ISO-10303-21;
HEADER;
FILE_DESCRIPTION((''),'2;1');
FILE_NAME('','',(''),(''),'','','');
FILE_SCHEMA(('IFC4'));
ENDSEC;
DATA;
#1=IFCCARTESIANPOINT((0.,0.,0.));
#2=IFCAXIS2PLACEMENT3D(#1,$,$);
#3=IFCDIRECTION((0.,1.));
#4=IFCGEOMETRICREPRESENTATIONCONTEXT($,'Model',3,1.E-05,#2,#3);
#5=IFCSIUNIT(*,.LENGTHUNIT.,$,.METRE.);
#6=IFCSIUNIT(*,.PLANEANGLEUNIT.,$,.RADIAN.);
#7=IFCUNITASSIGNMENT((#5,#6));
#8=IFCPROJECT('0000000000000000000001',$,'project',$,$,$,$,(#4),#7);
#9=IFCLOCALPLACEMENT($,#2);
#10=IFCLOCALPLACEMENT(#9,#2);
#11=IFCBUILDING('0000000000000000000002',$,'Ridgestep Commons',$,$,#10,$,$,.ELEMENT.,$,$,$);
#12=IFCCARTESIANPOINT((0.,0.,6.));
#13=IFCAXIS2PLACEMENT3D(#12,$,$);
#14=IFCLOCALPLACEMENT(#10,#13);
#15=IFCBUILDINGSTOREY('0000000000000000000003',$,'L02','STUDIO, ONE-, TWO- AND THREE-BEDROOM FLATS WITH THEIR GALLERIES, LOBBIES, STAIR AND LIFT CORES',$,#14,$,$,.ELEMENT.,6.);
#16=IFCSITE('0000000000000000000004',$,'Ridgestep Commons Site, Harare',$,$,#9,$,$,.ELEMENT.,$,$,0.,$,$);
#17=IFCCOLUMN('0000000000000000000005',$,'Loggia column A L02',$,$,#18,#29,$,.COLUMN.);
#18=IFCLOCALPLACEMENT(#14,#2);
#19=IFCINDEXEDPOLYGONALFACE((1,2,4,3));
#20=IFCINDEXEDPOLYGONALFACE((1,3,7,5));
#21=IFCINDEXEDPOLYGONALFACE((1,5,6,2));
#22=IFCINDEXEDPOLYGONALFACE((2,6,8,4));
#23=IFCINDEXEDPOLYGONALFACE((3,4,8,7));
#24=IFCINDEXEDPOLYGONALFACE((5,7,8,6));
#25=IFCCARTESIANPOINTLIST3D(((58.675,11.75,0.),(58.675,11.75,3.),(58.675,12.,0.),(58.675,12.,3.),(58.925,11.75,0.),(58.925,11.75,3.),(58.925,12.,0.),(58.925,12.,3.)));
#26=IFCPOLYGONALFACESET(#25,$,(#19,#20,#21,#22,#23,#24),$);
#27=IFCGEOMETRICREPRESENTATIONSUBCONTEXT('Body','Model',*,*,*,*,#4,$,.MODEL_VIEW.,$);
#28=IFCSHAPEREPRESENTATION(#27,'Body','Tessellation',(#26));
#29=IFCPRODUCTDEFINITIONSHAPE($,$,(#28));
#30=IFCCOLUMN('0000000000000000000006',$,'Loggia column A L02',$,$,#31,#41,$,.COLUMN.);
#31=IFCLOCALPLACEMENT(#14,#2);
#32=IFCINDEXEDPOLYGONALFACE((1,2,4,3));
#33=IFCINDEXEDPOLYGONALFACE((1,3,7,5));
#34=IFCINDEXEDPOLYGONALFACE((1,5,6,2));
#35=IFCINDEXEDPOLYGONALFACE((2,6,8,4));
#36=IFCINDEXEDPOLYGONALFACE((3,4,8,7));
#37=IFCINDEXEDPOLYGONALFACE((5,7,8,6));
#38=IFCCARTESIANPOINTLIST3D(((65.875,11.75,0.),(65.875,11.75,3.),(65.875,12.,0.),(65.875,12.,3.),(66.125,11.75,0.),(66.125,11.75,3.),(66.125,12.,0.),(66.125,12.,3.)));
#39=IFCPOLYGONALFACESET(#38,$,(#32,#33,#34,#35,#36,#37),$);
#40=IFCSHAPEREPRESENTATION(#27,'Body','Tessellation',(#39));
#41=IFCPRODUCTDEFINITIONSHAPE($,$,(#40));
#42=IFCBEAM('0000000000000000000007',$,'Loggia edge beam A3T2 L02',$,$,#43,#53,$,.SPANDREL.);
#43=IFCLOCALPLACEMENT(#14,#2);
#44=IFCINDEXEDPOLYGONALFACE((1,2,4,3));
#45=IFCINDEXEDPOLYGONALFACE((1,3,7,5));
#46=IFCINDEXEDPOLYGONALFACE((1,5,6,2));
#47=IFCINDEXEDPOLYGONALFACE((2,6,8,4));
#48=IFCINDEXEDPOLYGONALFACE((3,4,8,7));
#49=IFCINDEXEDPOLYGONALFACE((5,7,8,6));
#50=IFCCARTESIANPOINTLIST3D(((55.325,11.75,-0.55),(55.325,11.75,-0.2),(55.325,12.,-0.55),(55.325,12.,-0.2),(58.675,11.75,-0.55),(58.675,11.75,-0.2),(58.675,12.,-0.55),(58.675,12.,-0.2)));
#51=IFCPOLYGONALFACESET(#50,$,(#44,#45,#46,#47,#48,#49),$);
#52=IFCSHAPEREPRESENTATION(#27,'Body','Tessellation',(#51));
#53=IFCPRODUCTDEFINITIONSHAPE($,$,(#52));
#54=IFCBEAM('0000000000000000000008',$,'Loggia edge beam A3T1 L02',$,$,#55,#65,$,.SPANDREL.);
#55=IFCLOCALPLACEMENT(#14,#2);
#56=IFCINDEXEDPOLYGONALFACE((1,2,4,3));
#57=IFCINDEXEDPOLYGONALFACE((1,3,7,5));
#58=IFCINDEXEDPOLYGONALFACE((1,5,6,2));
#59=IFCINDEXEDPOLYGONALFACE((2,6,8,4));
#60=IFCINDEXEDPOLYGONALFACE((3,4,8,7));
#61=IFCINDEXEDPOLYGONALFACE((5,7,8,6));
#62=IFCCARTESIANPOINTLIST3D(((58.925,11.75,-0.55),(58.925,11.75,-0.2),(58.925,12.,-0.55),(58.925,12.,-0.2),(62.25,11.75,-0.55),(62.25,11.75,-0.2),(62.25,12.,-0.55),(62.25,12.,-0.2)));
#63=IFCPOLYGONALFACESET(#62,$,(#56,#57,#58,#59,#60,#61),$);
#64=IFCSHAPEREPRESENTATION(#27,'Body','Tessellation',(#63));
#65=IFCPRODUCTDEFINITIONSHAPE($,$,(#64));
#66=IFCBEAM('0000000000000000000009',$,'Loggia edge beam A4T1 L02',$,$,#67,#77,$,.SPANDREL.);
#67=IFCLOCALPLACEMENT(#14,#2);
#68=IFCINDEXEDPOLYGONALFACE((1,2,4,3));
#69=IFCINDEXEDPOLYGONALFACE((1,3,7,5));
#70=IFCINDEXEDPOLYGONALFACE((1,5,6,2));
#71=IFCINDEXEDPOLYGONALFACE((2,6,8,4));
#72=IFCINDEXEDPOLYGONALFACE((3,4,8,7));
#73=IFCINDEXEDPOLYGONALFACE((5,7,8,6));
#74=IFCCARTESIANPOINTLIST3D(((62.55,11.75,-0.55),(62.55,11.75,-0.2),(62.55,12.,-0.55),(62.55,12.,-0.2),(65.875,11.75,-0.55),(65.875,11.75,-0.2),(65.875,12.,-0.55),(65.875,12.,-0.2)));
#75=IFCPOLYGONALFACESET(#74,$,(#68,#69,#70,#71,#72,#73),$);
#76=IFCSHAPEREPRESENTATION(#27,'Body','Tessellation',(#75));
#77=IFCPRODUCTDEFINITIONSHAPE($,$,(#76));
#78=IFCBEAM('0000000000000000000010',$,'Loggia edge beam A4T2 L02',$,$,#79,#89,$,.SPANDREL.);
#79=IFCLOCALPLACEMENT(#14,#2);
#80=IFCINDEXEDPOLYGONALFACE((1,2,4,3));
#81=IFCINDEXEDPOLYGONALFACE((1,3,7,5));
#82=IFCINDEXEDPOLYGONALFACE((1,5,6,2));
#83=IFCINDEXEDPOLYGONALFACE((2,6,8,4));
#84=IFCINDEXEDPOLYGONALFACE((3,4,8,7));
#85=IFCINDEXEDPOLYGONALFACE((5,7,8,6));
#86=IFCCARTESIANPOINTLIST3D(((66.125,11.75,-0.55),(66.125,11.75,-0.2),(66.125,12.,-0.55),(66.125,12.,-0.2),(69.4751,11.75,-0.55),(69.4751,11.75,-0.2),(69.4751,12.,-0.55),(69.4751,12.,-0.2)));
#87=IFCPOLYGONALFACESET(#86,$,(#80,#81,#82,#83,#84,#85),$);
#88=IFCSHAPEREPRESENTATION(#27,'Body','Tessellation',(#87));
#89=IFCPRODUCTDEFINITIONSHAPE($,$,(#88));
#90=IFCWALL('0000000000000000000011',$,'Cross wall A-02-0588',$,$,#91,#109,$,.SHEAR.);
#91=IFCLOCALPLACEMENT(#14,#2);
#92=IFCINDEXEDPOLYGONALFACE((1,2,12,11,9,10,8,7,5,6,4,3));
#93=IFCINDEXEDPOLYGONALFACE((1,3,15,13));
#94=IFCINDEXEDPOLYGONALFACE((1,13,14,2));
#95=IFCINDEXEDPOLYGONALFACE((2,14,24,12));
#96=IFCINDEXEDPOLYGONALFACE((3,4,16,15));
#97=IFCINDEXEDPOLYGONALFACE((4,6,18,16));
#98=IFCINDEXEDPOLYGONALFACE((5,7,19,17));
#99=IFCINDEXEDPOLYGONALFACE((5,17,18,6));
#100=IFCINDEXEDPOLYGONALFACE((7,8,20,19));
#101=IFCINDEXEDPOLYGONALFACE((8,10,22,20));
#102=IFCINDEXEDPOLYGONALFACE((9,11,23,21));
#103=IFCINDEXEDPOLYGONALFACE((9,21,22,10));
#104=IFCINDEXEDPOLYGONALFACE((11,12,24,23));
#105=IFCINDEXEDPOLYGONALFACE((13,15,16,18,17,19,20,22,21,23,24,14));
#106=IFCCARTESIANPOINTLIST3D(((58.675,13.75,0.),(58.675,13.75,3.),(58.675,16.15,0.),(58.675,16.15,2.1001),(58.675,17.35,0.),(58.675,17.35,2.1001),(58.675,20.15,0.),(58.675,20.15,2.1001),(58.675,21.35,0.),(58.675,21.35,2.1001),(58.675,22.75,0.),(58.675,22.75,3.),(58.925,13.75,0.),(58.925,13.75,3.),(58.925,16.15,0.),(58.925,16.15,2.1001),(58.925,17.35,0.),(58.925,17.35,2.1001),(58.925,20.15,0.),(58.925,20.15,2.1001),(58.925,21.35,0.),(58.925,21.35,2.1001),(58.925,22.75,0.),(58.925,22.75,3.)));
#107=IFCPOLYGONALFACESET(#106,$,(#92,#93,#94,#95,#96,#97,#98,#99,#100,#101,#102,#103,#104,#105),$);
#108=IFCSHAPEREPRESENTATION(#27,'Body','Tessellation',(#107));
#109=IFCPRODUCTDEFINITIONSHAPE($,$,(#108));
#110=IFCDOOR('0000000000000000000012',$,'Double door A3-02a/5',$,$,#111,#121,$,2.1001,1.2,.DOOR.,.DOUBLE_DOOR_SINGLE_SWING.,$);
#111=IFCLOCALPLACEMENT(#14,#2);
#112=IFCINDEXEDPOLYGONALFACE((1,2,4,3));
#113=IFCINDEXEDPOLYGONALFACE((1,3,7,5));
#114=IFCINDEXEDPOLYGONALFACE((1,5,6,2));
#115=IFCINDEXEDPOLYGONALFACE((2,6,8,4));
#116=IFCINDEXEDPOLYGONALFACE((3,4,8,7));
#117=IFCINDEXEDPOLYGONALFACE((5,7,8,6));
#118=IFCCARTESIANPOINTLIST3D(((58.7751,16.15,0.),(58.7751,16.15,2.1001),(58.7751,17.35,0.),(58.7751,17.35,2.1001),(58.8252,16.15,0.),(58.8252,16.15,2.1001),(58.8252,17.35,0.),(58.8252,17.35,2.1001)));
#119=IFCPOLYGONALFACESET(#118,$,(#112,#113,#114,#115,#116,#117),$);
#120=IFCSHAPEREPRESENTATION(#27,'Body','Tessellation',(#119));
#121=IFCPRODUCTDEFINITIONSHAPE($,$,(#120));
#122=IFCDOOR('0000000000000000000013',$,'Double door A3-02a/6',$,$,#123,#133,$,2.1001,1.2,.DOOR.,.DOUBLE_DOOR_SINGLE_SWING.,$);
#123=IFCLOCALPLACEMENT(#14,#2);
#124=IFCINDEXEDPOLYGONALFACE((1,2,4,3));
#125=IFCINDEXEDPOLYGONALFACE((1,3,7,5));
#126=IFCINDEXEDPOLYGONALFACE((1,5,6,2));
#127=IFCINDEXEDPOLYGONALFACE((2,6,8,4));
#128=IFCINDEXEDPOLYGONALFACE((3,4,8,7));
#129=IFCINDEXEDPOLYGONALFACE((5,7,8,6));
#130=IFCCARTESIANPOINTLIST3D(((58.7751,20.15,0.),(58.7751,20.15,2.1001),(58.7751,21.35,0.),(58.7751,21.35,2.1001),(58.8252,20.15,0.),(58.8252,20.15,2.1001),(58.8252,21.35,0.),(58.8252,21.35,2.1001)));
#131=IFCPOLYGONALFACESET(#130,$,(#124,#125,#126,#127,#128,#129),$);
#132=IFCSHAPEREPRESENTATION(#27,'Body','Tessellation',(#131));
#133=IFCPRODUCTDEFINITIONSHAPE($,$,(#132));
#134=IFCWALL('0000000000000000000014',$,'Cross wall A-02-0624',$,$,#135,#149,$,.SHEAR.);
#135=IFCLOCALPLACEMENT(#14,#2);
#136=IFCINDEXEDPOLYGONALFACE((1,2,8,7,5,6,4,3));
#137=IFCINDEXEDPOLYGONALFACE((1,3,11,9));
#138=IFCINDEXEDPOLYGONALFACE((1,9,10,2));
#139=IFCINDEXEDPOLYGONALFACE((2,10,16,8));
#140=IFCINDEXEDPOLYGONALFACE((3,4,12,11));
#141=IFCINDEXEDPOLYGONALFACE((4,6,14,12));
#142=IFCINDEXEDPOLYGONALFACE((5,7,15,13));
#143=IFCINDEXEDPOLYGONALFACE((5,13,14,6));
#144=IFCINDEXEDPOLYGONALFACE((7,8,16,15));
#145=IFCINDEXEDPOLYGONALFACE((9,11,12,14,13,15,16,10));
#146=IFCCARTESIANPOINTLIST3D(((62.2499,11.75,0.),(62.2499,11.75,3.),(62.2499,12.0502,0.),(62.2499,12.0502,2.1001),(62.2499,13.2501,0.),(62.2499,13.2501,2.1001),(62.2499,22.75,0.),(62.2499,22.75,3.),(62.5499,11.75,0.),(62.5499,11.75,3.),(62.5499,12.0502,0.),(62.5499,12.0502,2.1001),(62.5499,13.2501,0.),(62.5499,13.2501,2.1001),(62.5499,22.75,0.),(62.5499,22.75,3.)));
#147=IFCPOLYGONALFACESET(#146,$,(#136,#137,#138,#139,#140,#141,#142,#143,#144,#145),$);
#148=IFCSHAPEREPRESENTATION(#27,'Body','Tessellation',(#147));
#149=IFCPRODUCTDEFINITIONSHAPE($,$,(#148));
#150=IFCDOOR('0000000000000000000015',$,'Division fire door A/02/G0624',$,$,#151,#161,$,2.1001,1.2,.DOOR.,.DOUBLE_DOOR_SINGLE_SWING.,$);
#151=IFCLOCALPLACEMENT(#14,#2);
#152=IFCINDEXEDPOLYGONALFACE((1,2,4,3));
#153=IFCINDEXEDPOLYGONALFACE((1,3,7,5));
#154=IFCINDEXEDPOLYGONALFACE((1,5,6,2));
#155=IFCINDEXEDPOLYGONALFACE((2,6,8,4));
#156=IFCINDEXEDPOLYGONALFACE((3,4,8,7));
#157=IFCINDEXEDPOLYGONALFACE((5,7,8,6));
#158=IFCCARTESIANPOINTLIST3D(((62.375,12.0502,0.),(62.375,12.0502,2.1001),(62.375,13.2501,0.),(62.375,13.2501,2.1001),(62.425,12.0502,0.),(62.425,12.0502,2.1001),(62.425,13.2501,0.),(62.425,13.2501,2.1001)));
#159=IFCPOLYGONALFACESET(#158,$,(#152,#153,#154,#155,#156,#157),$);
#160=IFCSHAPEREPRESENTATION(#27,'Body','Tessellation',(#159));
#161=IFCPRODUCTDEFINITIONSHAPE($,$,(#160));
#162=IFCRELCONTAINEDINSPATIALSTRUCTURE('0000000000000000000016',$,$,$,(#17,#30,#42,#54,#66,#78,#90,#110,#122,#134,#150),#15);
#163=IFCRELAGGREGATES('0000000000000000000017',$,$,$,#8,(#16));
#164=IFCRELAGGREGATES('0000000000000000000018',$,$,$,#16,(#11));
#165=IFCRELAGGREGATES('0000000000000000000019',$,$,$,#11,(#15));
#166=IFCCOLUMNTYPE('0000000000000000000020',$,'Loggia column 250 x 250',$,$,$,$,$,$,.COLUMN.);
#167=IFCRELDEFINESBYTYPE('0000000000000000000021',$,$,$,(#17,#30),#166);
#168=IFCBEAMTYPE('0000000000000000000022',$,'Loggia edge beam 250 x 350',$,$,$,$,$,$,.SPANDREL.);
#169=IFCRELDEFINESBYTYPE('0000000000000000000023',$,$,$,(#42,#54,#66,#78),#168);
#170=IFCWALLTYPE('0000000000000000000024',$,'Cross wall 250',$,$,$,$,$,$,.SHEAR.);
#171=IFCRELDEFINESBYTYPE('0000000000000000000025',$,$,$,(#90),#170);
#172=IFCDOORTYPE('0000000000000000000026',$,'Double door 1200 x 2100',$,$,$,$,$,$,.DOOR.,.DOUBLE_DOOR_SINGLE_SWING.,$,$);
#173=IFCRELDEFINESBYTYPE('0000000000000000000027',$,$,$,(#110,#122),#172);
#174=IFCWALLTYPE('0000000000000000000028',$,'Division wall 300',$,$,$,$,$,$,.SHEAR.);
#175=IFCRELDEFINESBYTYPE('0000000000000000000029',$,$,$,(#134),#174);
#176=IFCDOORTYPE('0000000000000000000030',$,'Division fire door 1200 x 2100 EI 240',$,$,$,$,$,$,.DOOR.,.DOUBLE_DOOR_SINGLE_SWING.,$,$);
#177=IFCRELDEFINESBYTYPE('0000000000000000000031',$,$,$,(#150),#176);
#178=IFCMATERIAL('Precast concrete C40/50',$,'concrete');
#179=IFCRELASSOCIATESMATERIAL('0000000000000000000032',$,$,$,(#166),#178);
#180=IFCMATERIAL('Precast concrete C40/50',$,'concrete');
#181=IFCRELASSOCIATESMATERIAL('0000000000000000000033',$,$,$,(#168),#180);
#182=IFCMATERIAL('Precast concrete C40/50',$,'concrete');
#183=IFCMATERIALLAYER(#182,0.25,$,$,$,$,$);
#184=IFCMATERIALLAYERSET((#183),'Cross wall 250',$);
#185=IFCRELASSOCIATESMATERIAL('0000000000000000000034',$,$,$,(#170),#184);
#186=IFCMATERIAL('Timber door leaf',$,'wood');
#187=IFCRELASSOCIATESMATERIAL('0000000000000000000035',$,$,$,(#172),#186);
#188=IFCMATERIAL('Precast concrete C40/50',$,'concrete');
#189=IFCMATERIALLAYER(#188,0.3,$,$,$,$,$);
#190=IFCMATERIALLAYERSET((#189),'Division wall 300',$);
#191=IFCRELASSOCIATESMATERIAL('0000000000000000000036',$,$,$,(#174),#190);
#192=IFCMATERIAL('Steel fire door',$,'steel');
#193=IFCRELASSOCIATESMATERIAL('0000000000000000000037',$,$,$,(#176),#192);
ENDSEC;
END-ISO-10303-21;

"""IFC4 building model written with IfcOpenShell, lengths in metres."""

from ifc_helpers import new_model, si_unit, direction, frame, frame_2d, origin, origin_2d, place, context, subcontext, project, spatial, rectangle, extrude, material, layer, layer_set, material_profile, profile_set, type_object, element, fill, save


model = new_model("IFC4")

# Units and contexts
model_context = context("Model", 3, precision=1e-05, world=origin(), true_north=direction((0.0, 1.0)))
body_context = subcontext(model_context, "Body", "Model", "MODEL_VIEW")
ifc_project = project(units=[si_unit("LENGTHUNIT", "METRE"), si_unit("PLANEANGLEUNIT", "RADIAN")], contexts=[model_context])

# Site, building, storey
site_placement = place(None, origin())
site = spatial("IfcSite", under=ifc_project, at=site_placement, Name="Ridgestep Commons Site, Harare", CompositionType="ELEMENT", RefElevation=0.0)
building_placement = place(site_placement, origin())
building = spatial("IfcBuilding", under=site, at=building_placement, Name="Ridgestep Commons", CompositionType="ELEMENT")
storey_placement = place(building_placement, frame((0.0, 0.0, 6.0)))
storey = spatial("IfcBuildingStorey", under=building, at=storey_placement, Name="L02", Description="STUDIO, ONE-, TWO- AND THREE-BEDROOM FLATS WITH THEIR GALLERIES, LOBBIES, STAIR AND LIFT CORES", CompositionType="ELEMENT", Elevation=6.0)

# Columns
ifc_material_1 = material(Name="Precast concrete C40/50", Category="concrete")
ifc_material_profile_1 = material_profile(ifc_material_1, rectangle(XDim=0.25, YDim=0.25, at=origin_2d()), Name="PC 250x250")
ifc_profile_set_1 = profile_set([ifc_material_profile_1], Name="Precast concrete C40/50")
column_type = type_object("IfcColumnType", Name="Loggia column 250 x 250", PredefinedType="COLUMN", material=ifc_profile_set_1)
for number, where, z_axis, x_axis, name in (
    (1, (58.8, 11.875, 0.0), (0.0, 0.0, 1.0), (1.0, 0.0, 0.0), "Loggia column A L02"),
    (2, (66.0, 11.875, 0.0), (0.0, 0.0, 1.0), (1.0, 0.0, 0.0), "Loggia column A L02"),
):
    element("IfcColumn", number, at=place(storey_placement, frame(where, z_axis=z_axis, x_axis=x_axis)), inside=storey, type_object=column_type, Name=name, PredefinedType="COLUMN", context=body_context, shape_type="SweptSolid", body=[
        extrude(rectangle(XDim=0.25, YDim=0.25, at=origin_2d()), origin(), (0.0, 0.0, 1.0), 3.0),
    ])

# Beams
ifc_material_2 = material(Name="Precast concrete C40/50", Category="concrete")
ifc_material_profile_2 = material_profile(ifc_material_2, rectangle(XDim=0.25, YDim=0.3501, at=origin_2d()), Name="PC 250x350")
ifc_profile_set_2 = profile_set([ifc_material_profile_2], Name="Precast concrete C40/50")
beam_type = type_object("IfcBeamType", Name="Loggia edge beam 250 x 350", PredefinedType="SPANDREL", material=ifc_profile_set_2)
beam_1_placement = place(storey_placement, frame((55.325, 11.875, -0.375), z_axis=(1.0, 0.0, 0.0), x_axis=(0.0, 1.0, 0.0)))
element("IfcBeam", 3, at=beam_1_placement, inside=storey, type_object=beam_type, Name="Loggia edge beam A3T2 L02", PredefinedType="SPANDREL", context=body_context, shape_type="SweptSolid", body=[
    extrude(rectangle(XDim=0.25, YDim=0.3501, at=origin_2d()), origin(), (0.0, 0.0, 1.0), 3.3501),
])
for number, where, z_axis, x_axis, name in (
    (4, (58.925, 11.875, -0.375), (1.0, 0.0, 0.0), (0.0, 1.0, 0.0), "Loggia edge beam A3T1 L02"),
    (5, (62.55, 11.875, -0.375), (1.0, 0.0, 0.0), (0.0, 1.0, 0.0), "Loggia edge beam A4T1 L02"),
):
    element("IfcBeam", number, at=place(storey_placement, frame(where, z_axis=z_axis, x_axis=x_axis)), inside=storey, type_object=beam_type, Name=name, PredefinedType="SPANDREL", context=body_context, shape_type="SweptSolid", body=[
        extrude(rectangle(XDim=0.25, YDim=0.3501, at=origin_2d()), origin(), (0.0, 0.0, 1.0), 3.325),
    ])
beam_2_placement = place(storey_placement, frame((66.125, 11.875, -0.375), z_axis=(1.0, 0.0, 0.0), x_axis=(0.0, 1.0, 0.0)))
element("IfcBeam", 6, at=beam_2_placement, inside=storey, type_object=beam_type, Name="Loggia edge beam A4T2 L02", PredefinedType="SPANDREL", context=body_context, shape_type="SweptSolid", body=[
    extrude(rectangle(XDim=0.25, YDim=0.3501, at=origin_2d()), origin(), (0.0, 0.0, 1.0), 3.3501),
])

# Wall, openings, doors
ifc_material_3 = material(Name="Precast concrete C40/50", Category="concrete")
ifc_layer_1 = layer(ifc_material_3, 0.25)
ifc_layer_set_1 = layer_set([ifc_layer_1], Name="Cross wall 250")
wall_type_1 = type_object("IfcWallType", Name="Cross wall 250", PredefinedType="SHEAR", material=ifc_layer_set_1)
wall_1_placement = place(storey_placement, frame((58.8, 13.75, 0.0), z_axis=(0.0, 0.0, 1.0), x_axis=(0.0, 1.0, 0.0)))
wall_1 = element("IfcWall", 7, at=wall_1_placement, inside=storey, type_object=wall_type_1, Name="Cross wall A-02-0588", PredefinedType="SHEAR", context=body_context, shape_type="SweptSolid", body=[
    extrude(rectangle(XDim=9.0, YDim=0.25, at=frame_2d((4.5, 0.0))), origin(), (0.0, 0.0, 1.0), 3.0),
])
opening_1_placement = place(wall_1_placement, frame((2.3999, 0.0, 0.0)))
opening_1 = element("IfcOpeningElement", 8, at=opening_1_placement, cuts=wall_1, PredefinedType="OPENING", context=body_context, shape_type="SweptSolid", body=[
    extrude(rectangle(XDim=1.2, YDim=2.1001, at=frame_2d((0.6001, 1.05))), frame((0.0, 0.135, 0.0), z_axis=(0.0, -1.0, 0.0), x_axis=(1.0, 0.0, 0.0)), (0.0, 0.0, 1.0), 0.27),
])
opening_2_placement = place(wall_1_placement, frame((6.3999, 0.0, 0.0)))
opening_2 = element("IfcOpeningElement", 9, at=opening_2_placement, cuts=wall_1, PredefinedType="OPENING", context=body_context, shape_type="SweptSolid", body=[
    extrude(rectangle(XDim=1.2, YDim=2.1001, at=frame_2d((0.6001, 1.05))), frame((0.0, 0.135, 0.0), z_axis=(0.0, -1.0, 0.0), x_axis=(1.0, 0.0, 0.0)), (0.0, 0.0, 1.0), 0.27),
])
ifc_material_4 = material(Name="Timber door leaf", Category="wood")
door_type_1 = type_object("IfcDoorType", Name="Double door 1200 x 2100", OperationType="DOUBLE_DOOR_SINGLE_SWING", PredefinedType="DOOR", material=ifc_material_4)
door_1_placement = place(opening_1_placement, origin())
door_1 = element("IfcDoor", 10, at=door_1_placement, inside=storey, type_object=door_type_1, Name="Double door A3-02a/5", OperationType="DOUBLE_DOOR_SINGLE_SWING", OverallHeight=2.1001, OverallWidth=1.2, PredefinedType="DOOR", context=body_context, shape_type="SweptSolid", body=[
    extrude(rectangle(XDim=1.2, YDim=2.1001, at=frame_2d((0.6001, 1.05))), frame((0.0, 0.0249, 0.0), z_axis=(0.0, -1.0, 0.0), x_axis=(1.0, 0.0, 0.0)), (0.0, 0.0, 1.0), 0.05),
])
fill(opening_1, door_1)
door_2_placement = place(opening_2_placement, origin())
door_2 = element("IfcDoor", 11, at=door_2_placement, inside=storey, type_object=door_type_1, Name="Double door A3-02a/6", OperationType="DOUBLE_DOOR_SINGLE_SWING", OverallHeight=2.1001, OverallWidth=1.2, PredefinedType="DOOR", context=body_context, shape_type="SweptSolid", body=[
    extrude(rectangle(XDim=1.2, YDim=2.1001, at=frame_2d((0.6001, 1.05))), frame((0.0, 0.0249, 0.0), z_axis=(0.0, -1.0, 0.0), x_axis=(1.0, 0.0, 0.0)), (0.0, 0.0, 1.0), 0.05),
])
fill(opening_2, door_2)

# Wall, opening, door
ifc_material_5 = material(Name="Precast concrete C40/50", Category="concrete")
ifc_layer_2 = layer(ifc_material_5, 0.3)
ifc_layer_set_2 = layer_set([ifc_layer_2], Name="Division wall 300")
wall_type_2 = type_object("IfcWallType", Name="Division wall 300", PredefinedType="SHEAR", material=ifc_layer_set_2)
wall_2_placement = place(storey_placement, frame((62.3999, 11.75, 0.0), z_axis=(0.0, 0.0, 1.0), x_axis=(0.0, 1.0, 0.0)))
wall_2 = element("IfcWall", 12, at=wall_2_placement, inside=storey, type_object=wall_type_2, Name="Cross wall A-02-0624", PredefinedType="SHEAR", context=body_context, shape_type="SweptSolid", body=[
    extrude(rectangle(XDim=11.0, YDim=0.3, at=frame_2d((5.5, 0.0))), origin(), (0.0, 0.0, 1.0), 3.0),
])
opening_3_placement = place(wall_2_placement, frame((0.3, 0.0, 0.0)))
opening_3 = element("IfcOpeningElement", 13, at=opening_3_placement, cuts=wall_2, PredefinedType="OPENING", context=body_context, shape_type="SweptSolid", body=[
    extrude(rectangle(XDim=1.2, YDim=2.1001, at=frame_2d((0.6001, 1.05))), frame((0.0, 0.1599, 0.0), z_axis=(0.0, -1.0, 0.0), x_axis=(1.0, 0.0, 0.0)), (0.0, 0.0, 1.0), 0.3201),
])
ifc_material_6 = material(Name="Steel fire door", Category="steel")
door_type_2 = type_object("IfcDoorType", Name="Division fire door 1200 x 2100 EI 240", OperationType="DOUBLE_DOOR_SINGLE_SWING", PredefinedType="DOOR", material=ifc_material_6)
door_3_placement = place(opening_3_placement, origin())
door_3 = element("IfcDoor", 14, at=door_3_placement, inside=storey, type_object=door_type_2, Name="Division fire door A/02/G0624", OperationType="DOUBLE_DOOR_SINGLE_SWING", OverallHeight=2.1001, OverallWidth=1.2, PredefinedType="DOOR", context=body_context, shape_type="SweptSolid", body=[
    extrude(rectangle(XDim=1.2, YDim=2.1001, at=frame_2d((0.6001, 1.05))), frame((0.0, 0.0249, 0.0), z_axis=(0.0, -1.0, 0.0), x_axis=(1.0, 0.0, 0.0)), (0.0, 0.0, 1.0), 0.05),
])
fill(opening_3, door_3)

save(model, "model.ifc")
